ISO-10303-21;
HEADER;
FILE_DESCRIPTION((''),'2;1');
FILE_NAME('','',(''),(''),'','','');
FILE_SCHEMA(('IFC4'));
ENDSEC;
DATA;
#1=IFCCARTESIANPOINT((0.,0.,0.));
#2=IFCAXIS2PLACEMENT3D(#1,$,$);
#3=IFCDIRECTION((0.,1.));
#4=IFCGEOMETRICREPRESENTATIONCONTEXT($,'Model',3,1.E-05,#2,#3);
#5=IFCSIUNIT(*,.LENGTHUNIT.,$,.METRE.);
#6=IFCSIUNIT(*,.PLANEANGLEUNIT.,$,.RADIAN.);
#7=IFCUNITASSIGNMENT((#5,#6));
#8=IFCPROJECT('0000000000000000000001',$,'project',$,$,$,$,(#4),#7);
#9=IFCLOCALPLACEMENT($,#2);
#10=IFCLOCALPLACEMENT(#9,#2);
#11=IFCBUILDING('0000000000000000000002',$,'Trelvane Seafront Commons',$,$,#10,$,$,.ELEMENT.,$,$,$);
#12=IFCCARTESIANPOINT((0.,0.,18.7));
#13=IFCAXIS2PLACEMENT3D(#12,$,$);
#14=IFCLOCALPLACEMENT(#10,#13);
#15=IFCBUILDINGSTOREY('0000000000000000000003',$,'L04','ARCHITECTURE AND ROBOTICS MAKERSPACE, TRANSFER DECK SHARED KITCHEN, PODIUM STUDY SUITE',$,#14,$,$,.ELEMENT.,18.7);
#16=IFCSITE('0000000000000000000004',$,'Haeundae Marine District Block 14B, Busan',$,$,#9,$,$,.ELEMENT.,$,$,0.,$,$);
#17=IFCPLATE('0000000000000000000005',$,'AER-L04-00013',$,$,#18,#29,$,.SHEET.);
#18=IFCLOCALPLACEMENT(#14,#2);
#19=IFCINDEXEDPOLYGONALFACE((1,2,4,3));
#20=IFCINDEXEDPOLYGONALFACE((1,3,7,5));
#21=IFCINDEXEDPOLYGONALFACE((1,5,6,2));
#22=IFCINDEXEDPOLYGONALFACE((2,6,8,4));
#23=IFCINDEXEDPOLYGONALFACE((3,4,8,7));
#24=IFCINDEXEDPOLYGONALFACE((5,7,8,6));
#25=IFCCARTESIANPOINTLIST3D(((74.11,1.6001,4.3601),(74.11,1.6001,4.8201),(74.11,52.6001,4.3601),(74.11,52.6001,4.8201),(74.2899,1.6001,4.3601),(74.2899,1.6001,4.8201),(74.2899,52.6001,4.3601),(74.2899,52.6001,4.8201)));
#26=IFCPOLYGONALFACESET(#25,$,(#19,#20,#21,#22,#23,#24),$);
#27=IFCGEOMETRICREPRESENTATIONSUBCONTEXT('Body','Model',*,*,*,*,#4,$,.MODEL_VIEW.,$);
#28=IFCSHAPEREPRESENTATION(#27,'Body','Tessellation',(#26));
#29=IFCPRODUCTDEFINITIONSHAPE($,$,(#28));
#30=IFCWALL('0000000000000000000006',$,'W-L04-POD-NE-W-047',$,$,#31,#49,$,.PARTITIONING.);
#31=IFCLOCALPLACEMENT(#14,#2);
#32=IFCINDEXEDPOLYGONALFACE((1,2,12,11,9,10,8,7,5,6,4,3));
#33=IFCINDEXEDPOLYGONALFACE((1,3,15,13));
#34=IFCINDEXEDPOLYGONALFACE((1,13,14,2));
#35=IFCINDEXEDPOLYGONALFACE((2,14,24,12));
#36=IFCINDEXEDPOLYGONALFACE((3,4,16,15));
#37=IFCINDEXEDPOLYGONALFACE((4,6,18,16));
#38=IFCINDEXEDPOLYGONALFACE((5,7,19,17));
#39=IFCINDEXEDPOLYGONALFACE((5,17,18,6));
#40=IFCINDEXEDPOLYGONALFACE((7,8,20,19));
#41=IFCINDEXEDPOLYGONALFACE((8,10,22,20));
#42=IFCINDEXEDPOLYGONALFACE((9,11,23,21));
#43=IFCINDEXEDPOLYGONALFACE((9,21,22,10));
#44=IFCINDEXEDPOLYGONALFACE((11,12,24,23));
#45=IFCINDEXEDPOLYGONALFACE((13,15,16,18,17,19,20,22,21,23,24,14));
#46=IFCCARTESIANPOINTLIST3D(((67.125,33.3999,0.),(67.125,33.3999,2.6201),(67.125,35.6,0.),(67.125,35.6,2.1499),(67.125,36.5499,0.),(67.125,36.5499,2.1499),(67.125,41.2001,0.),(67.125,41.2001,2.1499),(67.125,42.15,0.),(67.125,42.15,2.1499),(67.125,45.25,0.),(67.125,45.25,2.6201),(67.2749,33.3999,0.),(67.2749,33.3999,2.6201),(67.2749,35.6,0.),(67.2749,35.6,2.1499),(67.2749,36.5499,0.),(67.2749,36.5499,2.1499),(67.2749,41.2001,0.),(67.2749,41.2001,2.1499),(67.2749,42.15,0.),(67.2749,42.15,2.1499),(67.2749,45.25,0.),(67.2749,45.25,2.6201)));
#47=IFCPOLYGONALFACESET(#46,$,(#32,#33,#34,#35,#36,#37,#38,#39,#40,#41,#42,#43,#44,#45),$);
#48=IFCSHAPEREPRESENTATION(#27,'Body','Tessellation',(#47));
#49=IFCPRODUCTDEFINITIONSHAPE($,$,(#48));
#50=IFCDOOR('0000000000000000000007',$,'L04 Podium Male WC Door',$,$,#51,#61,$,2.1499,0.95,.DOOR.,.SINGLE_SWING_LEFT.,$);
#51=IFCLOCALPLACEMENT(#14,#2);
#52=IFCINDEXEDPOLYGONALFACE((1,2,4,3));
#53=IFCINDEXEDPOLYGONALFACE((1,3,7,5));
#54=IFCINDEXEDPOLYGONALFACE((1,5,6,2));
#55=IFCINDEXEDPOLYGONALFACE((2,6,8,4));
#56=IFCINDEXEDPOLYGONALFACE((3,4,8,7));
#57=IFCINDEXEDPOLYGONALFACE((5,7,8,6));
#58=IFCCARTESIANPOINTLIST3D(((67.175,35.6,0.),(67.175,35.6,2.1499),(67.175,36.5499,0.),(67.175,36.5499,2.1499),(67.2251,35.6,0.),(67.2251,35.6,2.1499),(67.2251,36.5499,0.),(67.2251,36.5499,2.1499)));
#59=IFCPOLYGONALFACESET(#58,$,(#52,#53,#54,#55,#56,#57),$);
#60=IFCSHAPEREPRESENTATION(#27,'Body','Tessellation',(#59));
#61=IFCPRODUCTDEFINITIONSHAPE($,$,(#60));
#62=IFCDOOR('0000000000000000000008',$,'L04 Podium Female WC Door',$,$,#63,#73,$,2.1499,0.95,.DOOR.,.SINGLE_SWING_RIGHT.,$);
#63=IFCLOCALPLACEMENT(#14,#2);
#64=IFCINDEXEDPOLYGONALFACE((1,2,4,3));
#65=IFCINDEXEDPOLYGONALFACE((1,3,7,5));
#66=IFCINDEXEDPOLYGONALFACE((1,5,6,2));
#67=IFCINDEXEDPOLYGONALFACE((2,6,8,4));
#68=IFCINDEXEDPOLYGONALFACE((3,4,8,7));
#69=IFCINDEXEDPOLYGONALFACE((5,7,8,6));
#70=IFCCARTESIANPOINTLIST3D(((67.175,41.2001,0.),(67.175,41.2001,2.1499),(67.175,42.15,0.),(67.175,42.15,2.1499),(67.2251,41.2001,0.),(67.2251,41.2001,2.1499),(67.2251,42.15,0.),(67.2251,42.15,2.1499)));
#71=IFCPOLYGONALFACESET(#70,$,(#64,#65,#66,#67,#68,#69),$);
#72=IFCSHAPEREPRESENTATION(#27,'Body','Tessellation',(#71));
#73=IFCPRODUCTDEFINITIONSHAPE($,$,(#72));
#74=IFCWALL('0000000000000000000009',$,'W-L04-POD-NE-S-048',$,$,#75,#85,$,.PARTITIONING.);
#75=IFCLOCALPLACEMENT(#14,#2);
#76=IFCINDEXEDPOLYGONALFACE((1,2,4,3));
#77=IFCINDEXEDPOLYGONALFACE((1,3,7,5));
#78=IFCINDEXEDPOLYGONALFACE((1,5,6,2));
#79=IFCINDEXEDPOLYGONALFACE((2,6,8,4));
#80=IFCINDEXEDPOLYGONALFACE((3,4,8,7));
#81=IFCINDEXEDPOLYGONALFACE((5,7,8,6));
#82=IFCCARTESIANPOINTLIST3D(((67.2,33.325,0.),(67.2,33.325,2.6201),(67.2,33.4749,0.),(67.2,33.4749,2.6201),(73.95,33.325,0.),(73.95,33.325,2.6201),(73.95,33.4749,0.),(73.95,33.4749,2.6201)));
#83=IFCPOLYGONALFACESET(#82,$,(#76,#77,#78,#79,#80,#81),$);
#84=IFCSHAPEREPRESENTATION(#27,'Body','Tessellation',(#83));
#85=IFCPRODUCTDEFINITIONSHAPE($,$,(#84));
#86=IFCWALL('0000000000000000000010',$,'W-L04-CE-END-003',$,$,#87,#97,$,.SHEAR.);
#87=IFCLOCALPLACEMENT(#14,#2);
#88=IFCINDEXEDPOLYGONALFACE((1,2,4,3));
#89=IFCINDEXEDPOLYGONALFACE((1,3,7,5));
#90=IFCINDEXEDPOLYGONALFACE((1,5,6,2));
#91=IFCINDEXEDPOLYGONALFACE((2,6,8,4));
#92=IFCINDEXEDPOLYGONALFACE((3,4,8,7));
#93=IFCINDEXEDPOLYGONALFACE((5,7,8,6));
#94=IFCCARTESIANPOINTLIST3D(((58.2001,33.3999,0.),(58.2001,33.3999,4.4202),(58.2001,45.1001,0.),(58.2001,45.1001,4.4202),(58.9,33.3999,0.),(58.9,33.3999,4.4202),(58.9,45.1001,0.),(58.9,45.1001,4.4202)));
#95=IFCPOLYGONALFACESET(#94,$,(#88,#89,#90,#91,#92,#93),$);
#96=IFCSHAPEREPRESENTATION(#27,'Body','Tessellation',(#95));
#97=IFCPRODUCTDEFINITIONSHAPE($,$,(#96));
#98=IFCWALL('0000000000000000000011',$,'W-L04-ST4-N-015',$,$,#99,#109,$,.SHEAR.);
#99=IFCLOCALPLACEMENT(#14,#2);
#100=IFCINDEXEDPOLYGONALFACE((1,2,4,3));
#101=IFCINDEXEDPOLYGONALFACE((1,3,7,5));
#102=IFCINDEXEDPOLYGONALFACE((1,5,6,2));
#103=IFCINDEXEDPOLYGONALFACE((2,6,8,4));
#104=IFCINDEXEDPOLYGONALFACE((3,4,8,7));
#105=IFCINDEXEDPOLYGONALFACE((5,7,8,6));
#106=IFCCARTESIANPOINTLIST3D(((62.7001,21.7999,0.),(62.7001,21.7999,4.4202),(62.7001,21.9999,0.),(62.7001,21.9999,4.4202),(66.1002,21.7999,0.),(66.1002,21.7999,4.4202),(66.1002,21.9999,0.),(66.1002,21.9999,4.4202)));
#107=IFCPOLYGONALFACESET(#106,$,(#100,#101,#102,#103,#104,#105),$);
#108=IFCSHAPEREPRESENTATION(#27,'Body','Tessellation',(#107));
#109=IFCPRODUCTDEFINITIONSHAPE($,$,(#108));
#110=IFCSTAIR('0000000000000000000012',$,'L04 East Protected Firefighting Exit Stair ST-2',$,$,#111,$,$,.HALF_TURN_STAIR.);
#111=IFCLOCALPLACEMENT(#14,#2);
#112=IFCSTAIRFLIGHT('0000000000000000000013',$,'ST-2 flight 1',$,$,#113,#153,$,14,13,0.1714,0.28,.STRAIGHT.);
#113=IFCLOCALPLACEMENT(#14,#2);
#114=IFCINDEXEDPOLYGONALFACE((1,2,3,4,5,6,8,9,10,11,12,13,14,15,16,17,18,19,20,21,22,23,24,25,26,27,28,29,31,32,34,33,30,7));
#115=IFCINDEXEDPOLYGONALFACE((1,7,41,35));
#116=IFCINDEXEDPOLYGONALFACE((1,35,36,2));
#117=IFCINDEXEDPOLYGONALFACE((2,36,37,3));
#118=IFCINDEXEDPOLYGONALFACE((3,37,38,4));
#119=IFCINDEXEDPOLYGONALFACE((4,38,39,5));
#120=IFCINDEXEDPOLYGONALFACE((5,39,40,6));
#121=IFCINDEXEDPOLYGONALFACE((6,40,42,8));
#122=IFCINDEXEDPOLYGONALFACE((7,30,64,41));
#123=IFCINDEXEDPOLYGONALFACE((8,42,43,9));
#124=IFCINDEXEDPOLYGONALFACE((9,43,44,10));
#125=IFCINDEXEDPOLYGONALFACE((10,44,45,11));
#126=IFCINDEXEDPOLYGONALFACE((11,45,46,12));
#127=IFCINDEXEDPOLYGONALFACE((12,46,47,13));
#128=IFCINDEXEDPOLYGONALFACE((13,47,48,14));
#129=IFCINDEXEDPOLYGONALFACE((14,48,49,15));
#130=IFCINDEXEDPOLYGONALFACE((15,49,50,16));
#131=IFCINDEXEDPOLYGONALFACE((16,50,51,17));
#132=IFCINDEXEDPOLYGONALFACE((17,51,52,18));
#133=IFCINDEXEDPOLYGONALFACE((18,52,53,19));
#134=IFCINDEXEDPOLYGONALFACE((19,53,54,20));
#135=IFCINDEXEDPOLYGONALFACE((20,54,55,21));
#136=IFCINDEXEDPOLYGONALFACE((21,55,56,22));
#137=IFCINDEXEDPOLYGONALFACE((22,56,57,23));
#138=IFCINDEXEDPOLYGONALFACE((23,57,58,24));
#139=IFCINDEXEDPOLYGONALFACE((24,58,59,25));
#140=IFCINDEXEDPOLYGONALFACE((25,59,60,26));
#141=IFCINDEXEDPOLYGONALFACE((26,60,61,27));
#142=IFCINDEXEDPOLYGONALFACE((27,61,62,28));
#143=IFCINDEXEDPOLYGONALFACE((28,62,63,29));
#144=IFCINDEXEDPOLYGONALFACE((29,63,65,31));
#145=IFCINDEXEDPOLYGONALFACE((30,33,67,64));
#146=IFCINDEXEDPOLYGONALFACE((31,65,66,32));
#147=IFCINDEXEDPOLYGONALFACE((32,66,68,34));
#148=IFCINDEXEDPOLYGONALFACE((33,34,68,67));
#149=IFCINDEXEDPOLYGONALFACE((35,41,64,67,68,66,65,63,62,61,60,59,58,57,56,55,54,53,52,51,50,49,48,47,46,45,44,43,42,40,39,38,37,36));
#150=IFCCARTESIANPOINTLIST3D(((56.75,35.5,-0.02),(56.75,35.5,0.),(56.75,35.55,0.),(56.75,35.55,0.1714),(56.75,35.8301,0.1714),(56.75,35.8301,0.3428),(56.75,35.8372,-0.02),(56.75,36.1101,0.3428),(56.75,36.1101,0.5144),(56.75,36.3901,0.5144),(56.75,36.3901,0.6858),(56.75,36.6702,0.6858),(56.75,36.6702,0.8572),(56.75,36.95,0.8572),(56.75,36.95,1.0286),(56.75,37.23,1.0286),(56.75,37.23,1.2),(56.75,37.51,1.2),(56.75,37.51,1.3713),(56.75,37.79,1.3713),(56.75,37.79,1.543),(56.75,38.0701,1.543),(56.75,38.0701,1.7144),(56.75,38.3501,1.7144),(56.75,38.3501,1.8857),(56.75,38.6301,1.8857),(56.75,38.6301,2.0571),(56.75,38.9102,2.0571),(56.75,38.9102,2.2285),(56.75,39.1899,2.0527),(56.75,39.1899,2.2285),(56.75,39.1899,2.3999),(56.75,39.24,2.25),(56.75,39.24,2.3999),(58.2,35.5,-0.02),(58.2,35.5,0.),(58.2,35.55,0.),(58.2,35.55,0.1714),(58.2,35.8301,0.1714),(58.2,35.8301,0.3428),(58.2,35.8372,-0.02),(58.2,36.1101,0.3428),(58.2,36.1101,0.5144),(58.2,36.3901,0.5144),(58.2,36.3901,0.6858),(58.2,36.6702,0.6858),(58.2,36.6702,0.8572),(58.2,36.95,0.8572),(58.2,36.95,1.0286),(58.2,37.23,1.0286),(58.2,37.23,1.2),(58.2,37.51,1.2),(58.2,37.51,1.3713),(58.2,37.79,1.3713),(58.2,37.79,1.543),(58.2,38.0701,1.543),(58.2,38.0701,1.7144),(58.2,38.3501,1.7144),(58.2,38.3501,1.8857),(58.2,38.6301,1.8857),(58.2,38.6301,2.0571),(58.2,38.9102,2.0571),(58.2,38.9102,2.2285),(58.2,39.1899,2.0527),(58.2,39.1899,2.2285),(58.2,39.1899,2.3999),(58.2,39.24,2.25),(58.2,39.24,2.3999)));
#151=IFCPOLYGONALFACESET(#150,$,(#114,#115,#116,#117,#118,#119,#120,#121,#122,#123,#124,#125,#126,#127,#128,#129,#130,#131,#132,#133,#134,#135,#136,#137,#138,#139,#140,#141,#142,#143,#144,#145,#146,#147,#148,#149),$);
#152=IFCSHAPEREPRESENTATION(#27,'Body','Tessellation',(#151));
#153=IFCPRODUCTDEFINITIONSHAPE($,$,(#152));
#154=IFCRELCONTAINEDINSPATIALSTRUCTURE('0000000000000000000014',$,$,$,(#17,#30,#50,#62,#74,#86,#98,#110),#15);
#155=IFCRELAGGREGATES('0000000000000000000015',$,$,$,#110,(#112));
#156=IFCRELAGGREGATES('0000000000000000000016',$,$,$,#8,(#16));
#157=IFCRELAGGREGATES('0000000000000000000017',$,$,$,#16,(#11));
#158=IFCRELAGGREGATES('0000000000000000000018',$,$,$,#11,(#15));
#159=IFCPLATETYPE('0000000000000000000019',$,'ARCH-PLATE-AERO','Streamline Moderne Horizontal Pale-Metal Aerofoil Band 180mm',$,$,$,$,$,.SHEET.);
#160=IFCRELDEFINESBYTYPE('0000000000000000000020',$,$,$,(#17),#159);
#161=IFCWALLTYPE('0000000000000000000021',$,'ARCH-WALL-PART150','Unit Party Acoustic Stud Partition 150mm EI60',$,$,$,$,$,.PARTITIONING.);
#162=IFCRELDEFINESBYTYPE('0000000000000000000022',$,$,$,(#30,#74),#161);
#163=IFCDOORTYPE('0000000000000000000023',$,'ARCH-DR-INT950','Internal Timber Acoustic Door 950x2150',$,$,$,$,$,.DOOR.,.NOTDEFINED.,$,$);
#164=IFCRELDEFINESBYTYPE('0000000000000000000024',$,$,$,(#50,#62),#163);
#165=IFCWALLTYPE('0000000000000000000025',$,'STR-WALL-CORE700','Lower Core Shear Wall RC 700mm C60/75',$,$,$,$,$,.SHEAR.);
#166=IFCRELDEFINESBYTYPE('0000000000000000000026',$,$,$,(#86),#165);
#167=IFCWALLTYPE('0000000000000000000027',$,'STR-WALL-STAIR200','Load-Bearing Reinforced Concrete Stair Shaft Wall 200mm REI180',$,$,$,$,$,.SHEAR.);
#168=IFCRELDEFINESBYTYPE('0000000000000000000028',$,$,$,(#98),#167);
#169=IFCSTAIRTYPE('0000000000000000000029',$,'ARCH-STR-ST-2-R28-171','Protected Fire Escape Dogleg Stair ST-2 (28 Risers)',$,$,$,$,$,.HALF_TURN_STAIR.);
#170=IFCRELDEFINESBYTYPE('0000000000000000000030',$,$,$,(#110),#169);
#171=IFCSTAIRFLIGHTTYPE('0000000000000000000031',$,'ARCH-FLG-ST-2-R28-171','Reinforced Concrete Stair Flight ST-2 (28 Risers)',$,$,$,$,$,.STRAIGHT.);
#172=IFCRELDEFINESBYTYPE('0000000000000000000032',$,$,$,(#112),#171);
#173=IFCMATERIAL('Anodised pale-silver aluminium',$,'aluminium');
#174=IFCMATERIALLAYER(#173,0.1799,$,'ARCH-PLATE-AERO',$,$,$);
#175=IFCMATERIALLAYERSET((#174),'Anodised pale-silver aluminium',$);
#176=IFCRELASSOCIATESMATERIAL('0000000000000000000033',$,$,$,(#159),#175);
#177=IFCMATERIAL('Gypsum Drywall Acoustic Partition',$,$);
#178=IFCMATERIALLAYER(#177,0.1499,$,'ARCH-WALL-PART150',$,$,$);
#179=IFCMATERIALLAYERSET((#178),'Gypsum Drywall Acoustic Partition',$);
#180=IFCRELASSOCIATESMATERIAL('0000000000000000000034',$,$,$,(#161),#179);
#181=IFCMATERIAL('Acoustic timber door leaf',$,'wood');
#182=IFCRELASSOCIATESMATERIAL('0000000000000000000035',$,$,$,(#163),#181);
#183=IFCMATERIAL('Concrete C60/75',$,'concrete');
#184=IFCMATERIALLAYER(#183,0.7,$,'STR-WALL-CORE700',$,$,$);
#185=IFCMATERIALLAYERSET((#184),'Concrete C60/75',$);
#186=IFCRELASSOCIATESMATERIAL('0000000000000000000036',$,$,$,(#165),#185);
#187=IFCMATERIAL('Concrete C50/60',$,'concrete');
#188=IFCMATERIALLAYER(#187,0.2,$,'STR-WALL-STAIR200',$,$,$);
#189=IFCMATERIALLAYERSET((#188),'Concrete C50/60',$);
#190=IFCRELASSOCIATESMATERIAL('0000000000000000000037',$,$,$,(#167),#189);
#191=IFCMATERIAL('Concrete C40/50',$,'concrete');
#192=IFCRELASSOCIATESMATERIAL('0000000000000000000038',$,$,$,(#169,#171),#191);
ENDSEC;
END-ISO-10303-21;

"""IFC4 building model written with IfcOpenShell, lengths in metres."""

from ifc_helpers import new_model, si_unit, direction, frame, frame_2d, origin, origin_2d, place, context, subcontext, project, spatial, polyline, rectangle, outline, extrude, source, transform, mapped, material, layer, layer_set, type_object, element, fill, aggregate, save


model = new_model("IFC4")

# Units and contexts
model_context = context("Model", 3, precision=1e-05, world=origin(), true_north=direction((0.0, 1.0)))
body_context = subcontext(model_context, "Body", "Model", "MODEL_VIEW")
ifc_project = project(units=[si_unit("LENGTHUNIT", "METRE"), si_unit("PLANEANGLEUNIT", "RADIAN")], contexts=[model_context])

# Site, building, storey
site_placement = place(None, origin())
site = spatial("IfcSite", under=ifc_project, at=site_placement, Name="Haeundae Marine District Block 14B, Busan", CompositionType="ELEMENT", RefElevation=0.0)
building_placement = place(site_placement, origin())
building = spatial("IfcBuilding", under=site, at=building_placement, Name="Trelvane Seafront Commons", CompositionType="ELEMENT")
storey_placement = place(building_placement, frame((0.0, 0.0, 18.7)))
storey = spatial("IfcBuildingStorey", under=building, at=storey_placement, Name="L04", Description="ARCHITECTURE AND ROBOTICS MAKERSPACE, TRANSFER DECK SHARED KITCHEN, PODIUM STUDY SUITE", CompositionType="ELEMENT", Elevation=18.7)

# Shared definitions
ifc_material_1 = material(Name="Concrete C60/75", Category="concrete")

# Plate
ifc_material_2 = material(Name="Anodised pale-silver aluminium", Category="aluminium")
ifc_layer_1 = layer(ifc_material_2, 0.1799, Name="ARCH-PLATE-AERO")
ifc_layer_set_1 = layer_set([ifc_layer_1], Name="Anodised pale-silver aluminium")
plate_type = type_object("IfcPlateType", Name="ARCH-PLATE-AERO", Description="Streamline Moderne Horizontal Pale-Metal Aerofoil Band 180mm", PredefinedType="SHEET", material=ifc_layer_set_1)
shared_shape_1 = source(origin(), body_context, "Body", "SweptSolid", [
    extrude(rectangle(XDim=51.0, YDim=0.1799, at=origin_2d()), origin(), (0.0, 0.0, 1.0), 0.46),
])
plate_placement = place(storey_placement, frame((74.2, 27.1001, 4.3601), z_axis=(0.0, 0.0, 1.0), x_axis=(0.0, -1.0, 0.0)))
element("IfcPlate", 1, at=plate_placement, inside=storey, type_object=plate_type, Name="AER-L04-00013", PredefinedType="SHEET", context=body_context, shape_type="MappedRepresentation", body=[
    mapped(shared_shape_1, transform((0.0, 0.0, 0.0), x_axis=(1.0, 0.0, 0.0), y_axis=(0.0, 1.0, 0.0), z_axis=(0.0, 0.0, 1.0), scale=1.0)),
])

# Wall, openings, doors
ifc_material_3 = material(Name="Gypsum Drywall Acoustic Partition")
ifc_layer_2 = layer(ifc_material_3, 0.1499, Name="ARCH-WALL-PART150")
ifc_layer_set_2 = layer_set([ifc_layer_2], Name="Gypsum Drywall Acoustic Partition")
wall_type_1 = type_object("IfcWallType", Name="ARCH-WALL-PART150", Description="Unit Party Acoustic Stud Partition 150mm EI60", PredefinedType="PARTITIONING", material=ifc_layer_set_2)
wall_1_placement = place(storey_placement, frame((67.2, 33.3999, 0.0), z_axis=(0.0, 0.0, 1.0), x_axis=(0.0, 1.0, 0.0)))
wall_1 = element("IfcWall", 2, at=wall_1_placement, inside=storey, type_object=wall_type_1, Name="W-L04-POD-NE-W-047", PredefinedType="PARTITIONING", context=body_context, shape_type="SweptSolid", body=[
    extrude(rectangle(XDim=11.8501, YDim=0.1499, at=frame_2d((5.925, 0.0))), origin(), (0.0, 0.0, 1.0), 2.6201),
])
opening_1_placement = place(wall_1_placement, frame((2.2, 0.0, 0.0)))
opening_1 = element("IfcOpeningElement", 3, at=opening_1_placement, cuts=wall_1, PredefinedType="OPENING", context=body_context, shape_type="SweptSolid", body=[
    extrude(rectangle(XDim=0.95, YDim=2.1499, at=frame_2d((0.4751, 1.075))), frame((0.0, 0.085, 0.0), z_axis=(0.0, -1.0, 0.0), x_axis=(1.0, 0.0, 0.0)), (0.0, 0.0, 1.0), 0.1699),
])
opening_2_placement = place(wall_1_placement, frame((7.8, 0.0, 0.0)))
opening_2 = element("IfcOpeningElement", 4, at=opening_2_placement, cuts=wall_1, PredefinedType="OPENING", context=body_context, shape_type="SweptSolid", body=[
    extrude(rectangle(XDim=0.95, YDim=2.1499, at=frame_2d((0.4751, 1.075))), frame((0.0, 0.085, 0.0), z_axis=(0.0, -1.0, 0.0), x_axis=(1.0, 0.0, 0.0)), (0.0, 0.0, 1.0), 0.1699),
])
ifc_material_4 = material(Name="Acoustic timber door leaf", Category="wood")
door_type = type_object("IfcDoorType", Name="ARCH-DR-INT950", Description="Internal Timber Acoustic Door 950x2150", OperationType="NOTDEFINED", PredefinedType="DOOR", material=ifc_material_4)
shared_shape_2 = source(origin(), body_context, "Body", "SweptSolid", [
    extrude(rectangle(XDim=0.95, YDim=2.1499, at=frame_2d((0.4751, 1.075))), frame((0.0, 0.0249, 0.0), z_axis=(0.0, -1.0, 0.0), x_axis=(1.0, 0.0, 0.0)), (0.0, 0.0, 1.0), 0.05),
])
door_1_placement = place(opening_1_placement, origin())
door_1 = element("IfcDoor", 5, at=door_1_placement, inside=storey, type_object=door_type, Name="L04 Podium Male WC Door", OperationType="SINGLE_SWING_LEFT", OverallHeight=2.1499, OverallWidth=0.95, PredefinedType="DOOR", context=body_context, shape_type="MappedRepresentation", body=[
    mapped(shared_shape_2, transform((0.0, 0.0, 0.0), x_axis=(1.0, 0.0, 0.0), y_axis=(0.0, 1.0, 0.0), z_axis=(0.0, 0.0, 1.0), scale=1.0)),
])
fill(opening_1, door_1)
door_2_placement = place(opening_2_placement, origin())
door_2 = element("IfcDoor", 6, at=door_2_placement, inside=storey, type_object=door_type, Name="L04 Podium Female WC Door", OperationType="SINGLE_SWING_RIGHT", OverallHeight=2.1499, OverallWidth=0.95, PredefinedType="DOOR", context=body_context, shape_type="MappedRepresentation", body=[
    mapped(shared_shape_2, transform((0.0, 0.0, 0.0), x_axis=(1.0, 0.0, 0.0), y_axis=(0.0, 1.0, 0.0), z_axis=(0.0, 0.0, 1.0), scale=1.0)),
])
fill(opening_2, door_2)

# Walls
wall_2_placement = place(storey_placement, frame((67.2, 33.3999, 0.0), z_axis=(0.0, 0.0, 1.0), x_axis=(1.0, 0.0, 0.0)))
element("IfcWall", 7, at=wall_2_placement, inside=storey, type_object=wall_type_1, Name="W-L04-POD-NE-S-048", PredefinedType="PARTITIONING", context=body_context, shape_type="SweptSolid", body=[
    extrude(rectangle(XDim=6.75, YDim=0.1499, at=frame_2d((3.375, 0.0))), origin(), (0.0, 0.0, 1.0), 2.6201),
])
ifc_layer_3 = layer(ifc_material_1, 0.7, Name="STR-WALL-CORE700")
ifc_layer_set_3 = layer_set([ifc_layer_3], Name="Concrete C60/75")
wall_type_2 = type_object("IfcWallType", Name="STR-WALL-CORE700", Description="Lower Core Shear Wall RC 700mm C60/75", PredefinedType="SHEAR", material=ifc_layer_set_3)
wall_3_placement = place(storey_placement, frame((58.55, 33.3999, 0.0), z_axis=(0.0, 0.0, 1.0), x_axis=(0.0, 1.0, 0.0)))
element("IfcWall", 8, at=wall_3_placement, inside=storey, type_object=wall_type_2, Name="W-L04-CE-END-003", PredefinedType="SHEAR", context=body_context, shape_type="SweptSolid", body=[
    extrude(rectangle(XDim=11.7002, YDim=0.7, at=frame_2d((5.8501, 0.0))), origin(), (0.0, 0.0, 1.0), 4.4202),
])
ifc_material_5 = material(Name="Concrete C50/60", Category="concrete")
ifc_layer_4 = layer(ifc_material_5, 0.2, Name="STR-WALL-STAIR200")
ifc_layer_set_4 = layer_set([ifc_layer_4], Name="Concrete C50/60")
wall_type_3 = type_object("IfcWallType", Name="STR-WALL-STAIR200", Description="Load-Bearing Reinforced Concrete Stair Shaft Wall 200mm REI180", PredefinedType="SHEAR", material=ifc_layer_set_4)
wall_4_placement = place(storey_placement, frame((62.7, 21.8999, 0.0), z_axis=(0.0, 0.0, 1.0), x_axis=(1.0, 0.0, 0.0)))
element("IfcWall", 9, at=wall_4_placement, inside=storey, type_object=wall_type_3, Name="W-L04-ST4-N-015", PredefinedType="SHEAR", context=body_context, shape_type="SweptSolid", body=[
    extrude(rectangle(XDim=3.4001, YDim=0.2, at=frame_2d((1.7002, 0.0))), origin(), (0.0, 0.0, 1.0), 4.4202),
])

# Stair, stair flight
ifc_material_6 = material(Name="Concrete C40/50", Category="concrete")
stair_type = type_object("IfcStairType", Name="ARCH-STR-ST-2-R28-171", Description="Protected Fire Escape Dogleg Stair ST-2 (28 Risers)", PredefinedType="HALF_TURN_STAIR", material=ifc_material_6)
stair_placement = place(storey_placement, origin())
stair = element("IfcStair", 10, at=stair_placement, inside=storey, type_object=stair_type, Name="L04 East Protected Firefighting Exit Stair ST-2", PredefinedType="HALF_TURN_STAIR")
stair_flight_type = type_object("IfcStairFlightType", Name="ARCH-FLG-ST-2-R28-171", Description="Reinforced Concrete Stair Flight ST-2 (28 Risers)", PredefinedType="STRAIGHT", material=ifc_material_6)
shared_shape_3 = source(origin(), body_context, "Body", "SweptSolid", [
    extrude(outline(polyline([(-0.05, -0.02), (-0.05, 0.0), (0.0, 0.0), (0.0, 0.1714), (0.28, 0.1714), (0.28, 0.3428), (0.5601, 0.3428), (0.5601, 0.5144), (0.8401, 0.5144), (0.8401, 0.6858), (1.1201, 0.6858), (1.1201, 0.8572), (1.3999, 0.8572), (1.3999, 1.0286), (1.6799, 1.0286), (1.6799, 1.2), (1.96, 1.2), (1.96, 1.3713), (2.24, 1.3713), (2.24, 1.543), (2.52, 1.543), (2.52, 1.7144), (2.8, 1.7144), (2.8, 1.8857), (3.0801, 1.8857), (3.0801, 2.0571), (3.3601, 2.0571), (3.3601, 2.2285), (3.6399, 2.2285), (3.6399, 2.3999), (3.6899, 2.3999), (3.6899, 2.25), (3.6399, 2.0527), (0.2871, -0.02), (-0.05, -0.02)])), frame((0.0, 0.7251, 0.0), z_axis=(0.0, -1.0, 0.0), x_axis=(1.0, 0.0, 0.0)), (0.0, 0.0, 1.0), 1.45),
])
stair_flight_placement = place(storey_placement, frame((57.4751, 35.55, 0.0), z_axis=(0.0, 0.0, 1.0), x_axis=(0.0, 1.0, 0.0)))
stair_flight = element("IfcStairFlight", 11, at=stair_flight_placement, type_object=stair_flight_type, Name="ST-2 flight 1", NumberOfRisers=14, NumberOfTreads=13, PredefinedType="STRAIGHT", RiserHeight=0.1714, TreadLength=0.28, context=body_context, shape_type="MappedRepresentation", body=[
    mapped(shared_shape_3, transform((0.0, 0.0, 0.0), x_axis=(1.0, 0.0, 0.0), y_axis=(0.0, 1.0, 0.0), z_axis=(0.0, 0.0, 1.0), scale=1.0)),
])
aggregate(stair, [stair_flight])

save(model, "model.ifc")
